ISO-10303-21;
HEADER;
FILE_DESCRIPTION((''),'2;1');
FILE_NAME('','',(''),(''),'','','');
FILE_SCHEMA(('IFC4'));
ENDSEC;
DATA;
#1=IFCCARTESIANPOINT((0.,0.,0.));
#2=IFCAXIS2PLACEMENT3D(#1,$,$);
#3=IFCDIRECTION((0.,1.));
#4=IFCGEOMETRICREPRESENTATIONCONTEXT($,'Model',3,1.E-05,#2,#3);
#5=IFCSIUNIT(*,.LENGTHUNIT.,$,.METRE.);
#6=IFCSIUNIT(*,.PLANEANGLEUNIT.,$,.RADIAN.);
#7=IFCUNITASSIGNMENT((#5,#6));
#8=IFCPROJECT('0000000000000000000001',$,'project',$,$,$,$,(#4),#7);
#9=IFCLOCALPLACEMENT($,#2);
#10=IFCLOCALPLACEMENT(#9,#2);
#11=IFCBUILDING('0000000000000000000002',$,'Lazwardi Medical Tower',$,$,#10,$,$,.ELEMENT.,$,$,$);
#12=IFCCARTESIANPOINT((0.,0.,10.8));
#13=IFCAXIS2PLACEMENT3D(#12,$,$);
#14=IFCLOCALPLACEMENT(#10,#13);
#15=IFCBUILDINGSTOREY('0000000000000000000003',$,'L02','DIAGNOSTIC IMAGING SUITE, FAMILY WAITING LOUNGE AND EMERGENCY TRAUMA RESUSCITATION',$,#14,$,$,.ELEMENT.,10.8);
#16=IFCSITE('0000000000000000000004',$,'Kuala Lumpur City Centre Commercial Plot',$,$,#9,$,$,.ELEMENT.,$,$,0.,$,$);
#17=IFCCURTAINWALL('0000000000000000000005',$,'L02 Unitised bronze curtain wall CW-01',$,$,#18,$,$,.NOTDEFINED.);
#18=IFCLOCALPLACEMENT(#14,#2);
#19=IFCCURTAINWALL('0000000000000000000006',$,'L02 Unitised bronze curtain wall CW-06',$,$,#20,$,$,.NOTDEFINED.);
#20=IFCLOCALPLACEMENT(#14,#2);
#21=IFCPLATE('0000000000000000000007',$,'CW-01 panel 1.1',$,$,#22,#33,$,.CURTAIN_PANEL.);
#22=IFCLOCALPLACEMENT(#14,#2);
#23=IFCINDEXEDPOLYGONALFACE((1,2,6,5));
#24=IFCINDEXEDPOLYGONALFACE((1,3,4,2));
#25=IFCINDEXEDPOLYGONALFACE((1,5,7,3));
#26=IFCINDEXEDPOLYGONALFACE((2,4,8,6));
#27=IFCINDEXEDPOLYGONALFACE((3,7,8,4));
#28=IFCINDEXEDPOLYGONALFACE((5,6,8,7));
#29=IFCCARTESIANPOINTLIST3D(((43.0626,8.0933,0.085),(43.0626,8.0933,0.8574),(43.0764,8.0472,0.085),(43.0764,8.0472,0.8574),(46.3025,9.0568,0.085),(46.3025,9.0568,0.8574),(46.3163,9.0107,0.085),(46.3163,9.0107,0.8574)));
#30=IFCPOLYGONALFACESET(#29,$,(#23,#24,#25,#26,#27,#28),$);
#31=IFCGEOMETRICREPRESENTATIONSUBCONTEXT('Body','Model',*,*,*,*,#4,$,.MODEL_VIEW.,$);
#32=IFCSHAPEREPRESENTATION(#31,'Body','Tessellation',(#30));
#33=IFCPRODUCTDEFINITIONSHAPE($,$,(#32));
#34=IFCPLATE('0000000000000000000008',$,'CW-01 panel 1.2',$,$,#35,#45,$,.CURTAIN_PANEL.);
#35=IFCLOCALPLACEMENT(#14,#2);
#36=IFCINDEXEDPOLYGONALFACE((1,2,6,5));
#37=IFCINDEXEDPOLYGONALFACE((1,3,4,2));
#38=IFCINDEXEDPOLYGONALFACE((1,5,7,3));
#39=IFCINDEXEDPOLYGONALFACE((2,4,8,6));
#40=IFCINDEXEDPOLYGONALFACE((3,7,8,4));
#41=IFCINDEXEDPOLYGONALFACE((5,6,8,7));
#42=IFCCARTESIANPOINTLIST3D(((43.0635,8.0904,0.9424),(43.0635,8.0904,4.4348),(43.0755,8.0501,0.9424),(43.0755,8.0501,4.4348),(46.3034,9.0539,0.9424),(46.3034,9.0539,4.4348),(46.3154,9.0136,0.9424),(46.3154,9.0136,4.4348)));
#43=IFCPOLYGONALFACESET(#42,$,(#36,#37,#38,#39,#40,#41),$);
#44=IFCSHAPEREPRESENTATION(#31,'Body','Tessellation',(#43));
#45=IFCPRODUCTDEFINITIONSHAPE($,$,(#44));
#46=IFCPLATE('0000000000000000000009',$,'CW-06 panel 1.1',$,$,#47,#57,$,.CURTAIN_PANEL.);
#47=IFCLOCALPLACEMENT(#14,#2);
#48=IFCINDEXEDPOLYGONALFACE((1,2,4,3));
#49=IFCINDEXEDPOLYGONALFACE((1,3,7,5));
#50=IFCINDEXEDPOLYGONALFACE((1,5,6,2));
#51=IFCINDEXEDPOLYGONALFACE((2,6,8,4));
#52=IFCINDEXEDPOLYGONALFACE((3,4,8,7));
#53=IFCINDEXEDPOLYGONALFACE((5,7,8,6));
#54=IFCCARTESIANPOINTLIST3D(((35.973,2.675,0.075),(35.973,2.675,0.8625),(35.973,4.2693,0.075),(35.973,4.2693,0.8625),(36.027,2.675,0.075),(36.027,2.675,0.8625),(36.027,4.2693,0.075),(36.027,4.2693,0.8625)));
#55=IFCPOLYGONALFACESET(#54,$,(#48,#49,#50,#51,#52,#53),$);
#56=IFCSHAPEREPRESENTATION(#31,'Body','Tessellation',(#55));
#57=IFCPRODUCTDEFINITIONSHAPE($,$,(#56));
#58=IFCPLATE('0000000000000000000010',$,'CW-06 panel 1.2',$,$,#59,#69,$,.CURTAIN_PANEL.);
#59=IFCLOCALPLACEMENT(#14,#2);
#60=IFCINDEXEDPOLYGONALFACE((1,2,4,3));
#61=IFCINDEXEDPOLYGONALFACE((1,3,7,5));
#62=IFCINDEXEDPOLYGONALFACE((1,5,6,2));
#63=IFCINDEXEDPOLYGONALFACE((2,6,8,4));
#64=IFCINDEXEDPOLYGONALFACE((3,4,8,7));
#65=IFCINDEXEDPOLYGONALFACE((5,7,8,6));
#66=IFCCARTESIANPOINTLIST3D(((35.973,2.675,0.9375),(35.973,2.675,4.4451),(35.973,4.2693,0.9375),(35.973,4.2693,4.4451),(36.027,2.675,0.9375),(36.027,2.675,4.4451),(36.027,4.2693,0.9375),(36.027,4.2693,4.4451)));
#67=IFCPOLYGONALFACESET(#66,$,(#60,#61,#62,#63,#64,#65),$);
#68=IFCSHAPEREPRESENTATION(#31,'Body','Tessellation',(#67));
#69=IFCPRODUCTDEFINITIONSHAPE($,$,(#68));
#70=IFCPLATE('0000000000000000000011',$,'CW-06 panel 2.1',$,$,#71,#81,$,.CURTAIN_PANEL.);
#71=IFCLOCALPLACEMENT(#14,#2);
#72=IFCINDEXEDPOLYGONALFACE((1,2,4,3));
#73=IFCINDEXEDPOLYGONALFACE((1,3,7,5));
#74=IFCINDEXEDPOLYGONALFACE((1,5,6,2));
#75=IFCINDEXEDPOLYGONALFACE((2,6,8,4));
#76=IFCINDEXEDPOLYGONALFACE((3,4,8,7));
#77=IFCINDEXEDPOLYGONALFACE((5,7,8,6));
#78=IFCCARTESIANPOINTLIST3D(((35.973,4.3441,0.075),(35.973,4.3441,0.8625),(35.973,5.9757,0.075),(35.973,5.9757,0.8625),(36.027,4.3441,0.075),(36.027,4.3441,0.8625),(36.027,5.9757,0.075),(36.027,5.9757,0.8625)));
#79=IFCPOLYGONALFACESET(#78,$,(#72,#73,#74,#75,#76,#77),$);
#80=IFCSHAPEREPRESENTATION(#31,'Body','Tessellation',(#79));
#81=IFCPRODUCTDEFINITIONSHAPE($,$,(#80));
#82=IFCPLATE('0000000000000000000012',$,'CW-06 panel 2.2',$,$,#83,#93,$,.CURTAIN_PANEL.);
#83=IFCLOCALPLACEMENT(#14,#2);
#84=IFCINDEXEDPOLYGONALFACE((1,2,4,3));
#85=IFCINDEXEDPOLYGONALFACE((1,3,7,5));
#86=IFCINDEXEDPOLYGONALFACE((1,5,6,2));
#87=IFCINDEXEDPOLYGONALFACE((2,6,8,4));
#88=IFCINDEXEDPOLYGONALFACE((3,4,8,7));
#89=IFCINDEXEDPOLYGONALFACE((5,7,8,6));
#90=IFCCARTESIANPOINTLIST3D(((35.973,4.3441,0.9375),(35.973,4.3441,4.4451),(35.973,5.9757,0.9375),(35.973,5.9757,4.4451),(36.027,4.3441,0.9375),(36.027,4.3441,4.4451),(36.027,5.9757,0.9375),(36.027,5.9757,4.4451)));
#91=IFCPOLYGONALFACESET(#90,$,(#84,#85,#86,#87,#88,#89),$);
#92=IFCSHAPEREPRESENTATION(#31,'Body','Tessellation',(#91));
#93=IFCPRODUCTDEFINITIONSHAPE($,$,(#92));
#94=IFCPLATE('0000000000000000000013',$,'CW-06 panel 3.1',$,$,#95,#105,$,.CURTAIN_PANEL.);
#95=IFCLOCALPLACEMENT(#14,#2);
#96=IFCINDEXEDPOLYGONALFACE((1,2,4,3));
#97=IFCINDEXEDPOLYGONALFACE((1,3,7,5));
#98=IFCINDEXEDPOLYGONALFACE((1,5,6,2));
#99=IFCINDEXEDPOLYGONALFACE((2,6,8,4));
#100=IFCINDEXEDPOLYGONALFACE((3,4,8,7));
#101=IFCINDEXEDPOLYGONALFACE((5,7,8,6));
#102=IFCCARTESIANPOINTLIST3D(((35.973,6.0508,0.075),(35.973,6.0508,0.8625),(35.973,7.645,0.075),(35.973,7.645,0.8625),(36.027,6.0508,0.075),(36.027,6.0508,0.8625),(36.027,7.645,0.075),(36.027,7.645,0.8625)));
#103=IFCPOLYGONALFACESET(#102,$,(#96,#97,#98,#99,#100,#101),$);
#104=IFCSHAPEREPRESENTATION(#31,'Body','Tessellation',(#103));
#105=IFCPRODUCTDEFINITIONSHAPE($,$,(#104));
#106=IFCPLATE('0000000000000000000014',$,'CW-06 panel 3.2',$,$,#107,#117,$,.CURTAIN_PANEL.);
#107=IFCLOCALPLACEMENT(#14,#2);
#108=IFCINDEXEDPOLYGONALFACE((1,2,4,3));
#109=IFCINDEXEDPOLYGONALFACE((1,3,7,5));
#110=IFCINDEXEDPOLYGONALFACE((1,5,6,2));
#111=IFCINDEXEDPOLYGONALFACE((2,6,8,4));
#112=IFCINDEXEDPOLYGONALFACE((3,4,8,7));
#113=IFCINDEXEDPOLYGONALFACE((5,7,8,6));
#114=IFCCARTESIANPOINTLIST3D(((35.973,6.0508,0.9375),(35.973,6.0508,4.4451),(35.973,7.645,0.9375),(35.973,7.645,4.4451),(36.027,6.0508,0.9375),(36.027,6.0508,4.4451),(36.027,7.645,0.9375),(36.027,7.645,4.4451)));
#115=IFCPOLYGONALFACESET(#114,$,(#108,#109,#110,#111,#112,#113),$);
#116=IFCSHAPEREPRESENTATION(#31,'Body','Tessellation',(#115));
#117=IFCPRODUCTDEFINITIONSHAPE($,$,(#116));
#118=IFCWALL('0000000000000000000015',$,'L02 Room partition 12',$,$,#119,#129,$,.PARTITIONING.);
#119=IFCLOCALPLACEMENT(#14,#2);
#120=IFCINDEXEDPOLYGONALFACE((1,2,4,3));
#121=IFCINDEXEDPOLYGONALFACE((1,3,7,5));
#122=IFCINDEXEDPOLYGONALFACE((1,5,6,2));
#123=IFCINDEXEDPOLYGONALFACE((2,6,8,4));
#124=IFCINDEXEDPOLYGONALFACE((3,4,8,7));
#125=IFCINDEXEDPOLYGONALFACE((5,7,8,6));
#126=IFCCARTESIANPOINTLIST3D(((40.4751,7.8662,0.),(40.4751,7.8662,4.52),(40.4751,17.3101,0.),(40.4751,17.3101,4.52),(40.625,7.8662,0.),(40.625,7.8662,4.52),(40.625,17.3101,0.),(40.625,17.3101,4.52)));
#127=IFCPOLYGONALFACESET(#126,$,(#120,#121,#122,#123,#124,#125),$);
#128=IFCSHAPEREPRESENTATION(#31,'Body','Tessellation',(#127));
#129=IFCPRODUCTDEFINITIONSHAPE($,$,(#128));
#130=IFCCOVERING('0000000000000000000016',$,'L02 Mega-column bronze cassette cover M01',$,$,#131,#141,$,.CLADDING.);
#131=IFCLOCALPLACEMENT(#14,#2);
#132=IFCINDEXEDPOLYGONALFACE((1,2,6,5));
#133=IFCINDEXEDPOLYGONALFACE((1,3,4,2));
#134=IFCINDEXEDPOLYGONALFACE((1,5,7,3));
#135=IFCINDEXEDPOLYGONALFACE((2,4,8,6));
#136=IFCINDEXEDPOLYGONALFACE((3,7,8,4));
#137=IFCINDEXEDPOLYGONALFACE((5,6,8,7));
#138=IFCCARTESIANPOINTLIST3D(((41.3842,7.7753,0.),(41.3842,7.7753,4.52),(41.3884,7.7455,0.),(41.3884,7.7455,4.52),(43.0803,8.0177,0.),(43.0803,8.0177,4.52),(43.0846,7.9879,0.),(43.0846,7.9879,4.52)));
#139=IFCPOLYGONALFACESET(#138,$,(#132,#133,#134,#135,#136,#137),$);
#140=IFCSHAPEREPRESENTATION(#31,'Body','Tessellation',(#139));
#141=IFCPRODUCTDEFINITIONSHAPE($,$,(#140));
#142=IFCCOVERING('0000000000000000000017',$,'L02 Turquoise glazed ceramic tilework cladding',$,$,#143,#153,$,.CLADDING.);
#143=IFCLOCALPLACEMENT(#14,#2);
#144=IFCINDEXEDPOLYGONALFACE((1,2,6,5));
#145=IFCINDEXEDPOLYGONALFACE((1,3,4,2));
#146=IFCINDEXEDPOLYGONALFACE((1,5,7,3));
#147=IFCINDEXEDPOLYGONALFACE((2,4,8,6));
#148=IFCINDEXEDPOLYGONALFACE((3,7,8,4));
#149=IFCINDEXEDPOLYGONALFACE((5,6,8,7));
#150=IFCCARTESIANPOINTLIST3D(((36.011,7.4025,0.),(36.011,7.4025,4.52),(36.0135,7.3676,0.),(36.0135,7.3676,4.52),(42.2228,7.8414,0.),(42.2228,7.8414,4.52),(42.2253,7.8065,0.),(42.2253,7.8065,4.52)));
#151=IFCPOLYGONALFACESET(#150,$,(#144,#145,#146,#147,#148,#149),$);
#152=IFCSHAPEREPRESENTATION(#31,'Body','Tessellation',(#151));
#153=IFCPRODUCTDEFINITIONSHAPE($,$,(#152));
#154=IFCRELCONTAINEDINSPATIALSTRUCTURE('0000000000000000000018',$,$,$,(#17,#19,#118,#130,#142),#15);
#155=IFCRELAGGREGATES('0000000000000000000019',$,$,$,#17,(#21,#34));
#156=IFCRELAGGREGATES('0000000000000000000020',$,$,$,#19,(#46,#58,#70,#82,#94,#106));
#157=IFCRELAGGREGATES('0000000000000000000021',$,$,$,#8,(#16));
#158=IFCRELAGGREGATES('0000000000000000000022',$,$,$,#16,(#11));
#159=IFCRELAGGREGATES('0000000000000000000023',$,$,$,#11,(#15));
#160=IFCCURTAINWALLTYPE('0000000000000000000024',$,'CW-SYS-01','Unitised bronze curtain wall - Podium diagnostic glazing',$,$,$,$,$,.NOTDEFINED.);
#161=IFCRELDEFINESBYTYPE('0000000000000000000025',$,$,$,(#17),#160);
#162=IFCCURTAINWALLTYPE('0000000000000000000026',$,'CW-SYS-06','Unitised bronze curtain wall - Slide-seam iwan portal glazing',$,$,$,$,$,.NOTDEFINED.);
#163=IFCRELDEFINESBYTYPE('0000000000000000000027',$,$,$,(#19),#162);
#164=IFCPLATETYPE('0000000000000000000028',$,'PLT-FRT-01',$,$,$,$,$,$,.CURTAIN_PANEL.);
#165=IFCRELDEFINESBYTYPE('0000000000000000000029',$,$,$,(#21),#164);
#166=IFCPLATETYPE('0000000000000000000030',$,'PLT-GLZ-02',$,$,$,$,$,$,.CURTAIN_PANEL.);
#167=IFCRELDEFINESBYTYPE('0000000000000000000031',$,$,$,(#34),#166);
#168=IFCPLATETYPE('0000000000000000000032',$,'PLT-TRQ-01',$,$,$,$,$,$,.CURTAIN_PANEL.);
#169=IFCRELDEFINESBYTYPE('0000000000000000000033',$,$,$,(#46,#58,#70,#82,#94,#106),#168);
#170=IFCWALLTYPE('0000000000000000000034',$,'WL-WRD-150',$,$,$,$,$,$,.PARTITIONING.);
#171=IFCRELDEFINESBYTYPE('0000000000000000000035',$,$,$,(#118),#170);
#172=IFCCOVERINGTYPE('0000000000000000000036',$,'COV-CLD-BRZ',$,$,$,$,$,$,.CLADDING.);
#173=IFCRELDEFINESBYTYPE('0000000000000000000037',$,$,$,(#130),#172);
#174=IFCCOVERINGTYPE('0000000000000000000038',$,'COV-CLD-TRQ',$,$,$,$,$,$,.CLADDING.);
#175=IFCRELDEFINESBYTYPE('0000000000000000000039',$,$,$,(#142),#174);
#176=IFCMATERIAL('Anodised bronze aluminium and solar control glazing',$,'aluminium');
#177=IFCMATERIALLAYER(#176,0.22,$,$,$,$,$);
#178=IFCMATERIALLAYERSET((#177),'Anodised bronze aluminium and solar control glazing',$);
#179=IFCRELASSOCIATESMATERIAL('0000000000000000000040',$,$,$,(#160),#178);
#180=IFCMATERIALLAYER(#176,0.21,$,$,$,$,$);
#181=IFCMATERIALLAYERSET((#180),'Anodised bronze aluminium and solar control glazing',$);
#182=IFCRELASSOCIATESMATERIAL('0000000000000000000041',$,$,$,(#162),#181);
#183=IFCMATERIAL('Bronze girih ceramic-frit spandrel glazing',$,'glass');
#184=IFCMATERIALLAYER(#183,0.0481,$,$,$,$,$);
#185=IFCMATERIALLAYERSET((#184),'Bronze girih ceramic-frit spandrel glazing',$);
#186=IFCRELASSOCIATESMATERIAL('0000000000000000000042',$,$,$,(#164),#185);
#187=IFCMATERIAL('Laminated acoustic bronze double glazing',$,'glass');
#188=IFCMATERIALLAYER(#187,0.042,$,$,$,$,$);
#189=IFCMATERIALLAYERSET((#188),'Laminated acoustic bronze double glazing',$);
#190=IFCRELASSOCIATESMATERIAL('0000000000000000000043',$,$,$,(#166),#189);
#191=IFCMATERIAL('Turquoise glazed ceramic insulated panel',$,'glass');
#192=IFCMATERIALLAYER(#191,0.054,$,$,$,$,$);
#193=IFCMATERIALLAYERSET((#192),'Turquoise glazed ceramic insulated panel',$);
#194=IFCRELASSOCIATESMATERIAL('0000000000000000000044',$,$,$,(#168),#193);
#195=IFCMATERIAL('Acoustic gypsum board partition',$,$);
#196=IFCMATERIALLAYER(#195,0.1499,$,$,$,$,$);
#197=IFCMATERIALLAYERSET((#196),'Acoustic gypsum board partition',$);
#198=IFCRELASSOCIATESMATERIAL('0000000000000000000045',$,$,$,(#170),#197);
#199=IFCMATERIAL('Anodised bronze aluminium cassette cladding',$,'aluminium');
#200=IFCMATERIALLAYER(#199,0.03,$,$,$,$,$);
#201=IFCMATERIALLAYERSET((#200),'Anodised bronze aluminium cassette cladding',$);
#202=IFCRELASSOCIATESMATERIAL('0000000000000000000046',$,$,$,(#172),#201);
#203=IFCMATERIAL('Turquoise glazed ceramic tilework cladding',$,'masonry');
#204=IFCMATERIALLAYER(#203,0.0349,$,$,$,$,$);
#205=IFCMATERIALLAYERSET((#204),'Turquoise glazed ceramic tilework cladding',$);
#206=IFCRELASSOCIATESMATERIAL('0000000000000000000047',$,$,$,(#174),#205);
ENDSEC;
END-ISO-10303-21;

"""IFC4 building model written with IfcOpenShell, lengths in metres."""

from ifc_helpers import new_model, si_unit, direction, frame, frame_2d, origin, origin_2d, place, context, subcontext, project, spatial, rectangle, extrude, material, layer, layer_set, type_object, element, aggregate, save


model = new_model("IFC4")

# Units and contexts
model_context = context("Model", 3, precision=1e-05, world=origin(), true_north=direction((0.0, 1.0)))
body_context = subcontext(model_context, "Body", "Model", "MODEL_VIEW")
ifc_project = project(units=[si_unit("LENGTHUNIT", "METRE"), si_unit("PLANEANGLEUNIT", "RADIAN")], contexts=[model_context])

# Site, building, storey
site_placement = place(None, origin())
site = spatial("IfcSite", under=ifc_project, at=site_placement, Name="Kuala Lumpur City Centre Commercial Plot", CompositionType="ELEMENT", RefElevation=0.0)
building_placement = place(site_placement, origin())
building = spatial("IfcBuilding", under=site, at=building_placement, Name="Lazwardi Medical Tower", CompositionType="ELEMENT")
storey_placement = place(building_placement, frame((0.0, 0.0, 10.8)))
storey = spatial("IfcBuildingStorey", under=building, at=storey_placement, Name="L02", Description="DIAGNOSTIC IMAGING SUITE, FAMILY WAITING LOUNGE AND EMERGENCY TRAUMA RESUSCITATION", CompositionType="ELEMENT", Elevation=10.8)

# Curtain walls
ifc_material_1 = material(Name="Anodised bronze aluminium and solar control glazing", Category="aluminium")
ifc_layer_1 = layer(ifc_material_1, 0.22)
ifc_layer_set_1 = layer_set([ifc_layer_1], Name="Anodised bronze aluminium and solar control glazing")
curtain_wall_type_1 = type_object("IfcCurtainWallType", Name="CW-SYS-01", Description="Unitised bronze curtain wall - Podium diagnostic glazing", PredefinedType="NOTDEFINED", material=ifc_layer_set_1)
curtain_wall_1_placement = place(storey_placement, origin())
curtain_wall_1 = element("IfcCurtainWall", 1, at=curtain_wall_1_placement, inside=storey, type_object=curtain_wall_type_1, Name="L02 Unitised bronze curtain wall CW-01", PredefinedType="NOTDEFINED")
ifc_layer_2 = layer(ifc_material_1, 0.21)
ifc_layer_set_2 = layer_set([ifc_layer_2], Name="Anodised bronze aluminium and solar control glazing")
curtain_wall_type_2 = type_object("IfcCurtainWallType", Name="CW-SYS-06", Description="Unitised bronze curtain wall - Slide-seam iwan portal glazing", PredefinedType="NOTDEFINED", material=ifc_layer_set_2)
curtain_wall_2_placement = place(storey_placement, origin())
curtain_wall_2 = element("IfcCurtainWall", 2, at=curtain_wall_2_placement, inside=storey, type_object=curtain_wall_type_2, Name="L02 Unitised bronze curtain wall CW-06", PredefinedType="NOTDEFINED")

# Plates
ifc_material_2 = material(Name="Bronze girih ceramic-frit spandrel glazing", Category="glass")
ifc_layer_3 = layer(ifc_material_2, 0.0481)
ifc_layer_set_3 = layer_set([ifc_layer_3], Name="Bronze girih ceramic-frit spandrel glazing")
plate_type_1 = type_object("IfcPlateType", Name="PLT-FRT-01", PredefinedType="CURTAIN_PANEL", material=ifc_layer_set_3)
plate_1_placement = place(storey_placement, frame((44.6895, 8.552, 0.085), z_axis=(0.0, 0.0, 1.0), x_axis=(0.958513, 0.285047, 0.0)))
plate_1 = element("IfcPlate", 3, at=plate_1_placement, type_object=plate_type_1, Name="CW-01 panel 1.1", PredefinedType="CURTAIN_PANEL", context=body_context, shape_type="SweptSolid", body=[
    extrude(rectangle(XDim=3.3801, YDim=0.0481, at=origin_2d()), origin(), (0.0, 0.0, 1.0), 0.7725),
])
ifc_material_3 = material(Name="Laminated acoustic bronze double glazing", Category="glass")
ifc_layer_4 = layer(ifc_material_3, 0.042)
ifc_layer_set_4 = layer_set([ifc_layer_4], Name="Laminated acoustic bronze double glazing")
plate_type_2 = type_object("IfcPlateType", Name="PLT-GLZ-02", PredefinedType="CURTAIN_PANEL", material=ifc_layer_set_4)
plate_2_placement = place(storey_placement, frame((44.6895, 8.552, 0.9424), z_axis=(0.0, 0.0, 1.0), x_axis=(0.958513, 0.285047, 0.0)))
plate_2 = element("IfcPlate", 4, at=plate_2_placement, type_object=plate_type_2, Name="CW-01 panel 1.2", PredefinedType="CURTAIN_PANEL", context=body_context, shape_type="SweptSolid", body=[
    extrude(rectangle(XDim=3.3801, YDim=0.042, at=origin_2d()), origin(), (0.0, 0.0, 1.0), 3.4924),
])
aggregate(curtain_wall_1, [plate_1, plate_2])
ifc_material_4 = material(Name="Turquoise glazed ceramic insulated panel", Category="glass")
ifc_layer_5 = layer(ifc_material_4, 0.054)
ifc_layer_set_5 = layer_set([ifc_layer_5], Name="Turquoise glazed ceramic insulated panel")
plate_type_3 = type_object("IfcPlateType", Name="PLT-TRQ-01", PredefinedType="CURTAIN_PANEL", material=ifc_layer_set_5)
plate_3_placement = place(storey_placement, frame((36.0, 3.4722, 0.075), z_axis=(0.0, 0.0, 1.0), x_axis=(0.0, 1.0, 0.0)))
plate_3 = element("IfcPlate", 5, at=plate_3_placement, type_object=plate_type_3, Name="CW-06 panel 1.1", PredefinedType="CURTAIN_PANEL", context=body_context, shape_type="SweptSolid", body=[
    extrude(rectangle(XDim=1.5942, YDim=0.054, at=origin_2d()), origin(), (0.0, 0.0, 1.0), 0.7876),
])
plate_4_placement = place(storey_placement, frame((36.0, 3.4722, 0.9375), z_axis=(0.0, 0.0, 1.0), x_axis=(0.0, 1.0, 0.0)))
plate_4 = element("IfcPlate", 6, at=plate_4_placement, type_object=plate_type_3, Name="CW-06 panel 1.2", PredefinedType="CURTAIN_PANEL", context=body_context, shape_type="SweptSolid", body=[
    extrude(rectangle(XDim=1.5942, YDim=0.054, at=origin_2d()), origin(), (0.0, 0.0, 1.0), 3.5076),
])
plate_5_placement = place(storey_placement, frame((36.0, 5.1599, 0.075), z_axis=(0.0, 0.0, 1.0), x_axis=(0.0, 1.0, 0.0)))
plate_5 = element("IfcPlate", 7, at=plate_5_placement, type_object=plate_type_3, Name="CW-06 panel 2.1", PredefinedType="CURTAIN_PANEL", context=body_context, shape_type="SweptSolid", body=[
    extrude(rectangle(XDim=1.6316, YDim=0.054, at=origin_2d()), origin(), (0.0, 0.0, 1.0), 0.7876),
])
plate_6_placement = place(storey_placement, frame((36.0, 5.1599, 0.9375), z_axis=(0.0, 0.0, 1.0), x_axis=(0.0, 1.0, 0.0)))
plate_6 = element("IfcPlate", 8, at=plate_6_placement, type_object=plate_type_3, Name="CW-06 panel 2.2", PredefinedType="CURTAIN_PANEL", context=body_context, shape_type="SweptSolid", body=[
    extrude(rectangle(XDim=1.6316, YDim=0.054, at=origin_2d()), origin(), (0.0, 0.0, 1.0), 3.5076),
])
plate_7_placement = place(storey_placement, frame((36.0, 6.8479, 0.075), z_axis=(0.0, 0.0, 1.0), x_axis=(0.0, 1.0, 0.0)))
plate_7 = element("IfcPlate", 9, at=plate_7_placement, type_object=plate_type_3, Name="CW-06 panel 3.1", PredefinedType="CURTAIN_PANEL", context=body_context, shape_type="SweptSolid", body=[
    extrude(rectangle(XDim=1.5942, YDim=0.054, at=origin_2d()), origin(), (0.0, 0.0, 1.0), 0.7876),
])
plate_8_placement = place(storey_placement, frame((36.0, 6.8479, 0.9375), z_axis=(0.0, 0.0, 1.0), x_axis=(0.0, 1.0, 0.0)))
plate_8 = element("IfcPlate", 10, at=plate_8_placement, type_object=plate_type_3, Name="CW-06 panel 3.2", PredefinedType="CURTAIN_PANEL", context=body_context, shape_type="SweptSolid", body=[
    extrude(rectangle(XDim=1.5942, YDim=0.054, at=origin_2d()), origin(), (0.0, 0.0, 1.0), 3.5076),
])
aggregate(curtain_wall_2, [plate_3, plate_4, plate_5, plate_6, plate_7, plate_8])

# Wall
ifc_material_5 = material(Name="Acoustic gypsum board partition")
ifc_layer_6 = layer(ifc_material_5, 0.1499)
ifc_layer_set_6 = layer_set([ifc_layer_6], Name="Acoustic gypsum board partition")
wall_type = type_object("IfcWallType", Name="WL-WRD-150", PredefinedType="PARTITIONING", material=ifc_layer_set_6)
wall_placement = place(storey_placement, frame((40.55, 7.8662, 0.0), z_axis=(0.0, 0.0, 1.0), x_axis=(0.0, 1.0, 0.0)))
element("IfcWall", 11, at=wall_placement, inside=storey, type_object=wall_type, Name="L02 Room partition 12", PredefinedType="PARTITIONING", context=body_context, shape_type="SweptSolid", body=[
    extrude(rectangle(XDim=9.4438, YDim=0.1499, at=frame_2d((4.7219, 0.0))), origin(), (0.0, 0.0, 1.0), 4.52),
])

# Coverings
ifc_material_6 = material(Name="Anodised bronze aluminium cassette cladding", Category="aluminium")
ifc_layer_7 = layer(ifc_material_6, 0.03)
ifc_layer_set_7 = layer_set([ifc_layer_7], Name="Anodised bronze aluminium cassette cladding")
covering_type_1 = type_object("IfcCoveringType", Name="COV-CLD-BRZ", PredefinedType="CLADDING", material=ifc_layer_set_7)
covering_1_placement = place(storey_placement, frame((42.2344, 7.8816, 0.0), z_axis=(0.0, 0.0, 1.0), x_axis=(0.989943, 0.14147, 0.0)))
element("IfcCovering", 12, at=covering_1_placement, inside=storey, type_object=covering_type_1, Name="L02 Mega-column bronze cassette cover M01", PredefinedType="CLADDING", context=body_context, shape_type="SweptSolid", body=[
    extrude(rectangle(XDim=1.7134, YDim=0.03, at=origin_2d()), origin(), (0.0, 0.0, 1.0), 4.52),
])
ifc_material_7 = material(Name="Turquoise glazed ceramic tilework cladding", Category="masonry")
ifc_layer_8 = layer(ifc_material_7, 0.0349)
ifc_layer_set_8 = layer_set([ifc_layer_8], Name="Turquoise glazed ceramic tilework cladding")
covering_type_2 = type_object("IfcCoveringType", Name="COV-CLD-TRQ", PredefinedType="CLADDING", material=ifc_layer_set_8)
covering_2_placement = place(storey_placement, frame((39.1182, 7.6045, 0.0), z_axis=(0.0, 0.0, 1.0), x_axis=(0.997513, 0.070481, 0.0)))
element("IfcCovering", 13, at=covering_2_placement, inside=storey, type_object=covering_type_2, Name="L02 Turquoise glazed ceramic tilework cladding", PredefinedType="CLADDING", context=body_context, shape_type="SweptSolid", body=[
    extrude(rectangle(XDim=6.2273, YDim=0.0349, at=origin_2d()), origin(), (0.0, 0.0, 1.0), 4.52),
])

save(model, "model.ifc")
